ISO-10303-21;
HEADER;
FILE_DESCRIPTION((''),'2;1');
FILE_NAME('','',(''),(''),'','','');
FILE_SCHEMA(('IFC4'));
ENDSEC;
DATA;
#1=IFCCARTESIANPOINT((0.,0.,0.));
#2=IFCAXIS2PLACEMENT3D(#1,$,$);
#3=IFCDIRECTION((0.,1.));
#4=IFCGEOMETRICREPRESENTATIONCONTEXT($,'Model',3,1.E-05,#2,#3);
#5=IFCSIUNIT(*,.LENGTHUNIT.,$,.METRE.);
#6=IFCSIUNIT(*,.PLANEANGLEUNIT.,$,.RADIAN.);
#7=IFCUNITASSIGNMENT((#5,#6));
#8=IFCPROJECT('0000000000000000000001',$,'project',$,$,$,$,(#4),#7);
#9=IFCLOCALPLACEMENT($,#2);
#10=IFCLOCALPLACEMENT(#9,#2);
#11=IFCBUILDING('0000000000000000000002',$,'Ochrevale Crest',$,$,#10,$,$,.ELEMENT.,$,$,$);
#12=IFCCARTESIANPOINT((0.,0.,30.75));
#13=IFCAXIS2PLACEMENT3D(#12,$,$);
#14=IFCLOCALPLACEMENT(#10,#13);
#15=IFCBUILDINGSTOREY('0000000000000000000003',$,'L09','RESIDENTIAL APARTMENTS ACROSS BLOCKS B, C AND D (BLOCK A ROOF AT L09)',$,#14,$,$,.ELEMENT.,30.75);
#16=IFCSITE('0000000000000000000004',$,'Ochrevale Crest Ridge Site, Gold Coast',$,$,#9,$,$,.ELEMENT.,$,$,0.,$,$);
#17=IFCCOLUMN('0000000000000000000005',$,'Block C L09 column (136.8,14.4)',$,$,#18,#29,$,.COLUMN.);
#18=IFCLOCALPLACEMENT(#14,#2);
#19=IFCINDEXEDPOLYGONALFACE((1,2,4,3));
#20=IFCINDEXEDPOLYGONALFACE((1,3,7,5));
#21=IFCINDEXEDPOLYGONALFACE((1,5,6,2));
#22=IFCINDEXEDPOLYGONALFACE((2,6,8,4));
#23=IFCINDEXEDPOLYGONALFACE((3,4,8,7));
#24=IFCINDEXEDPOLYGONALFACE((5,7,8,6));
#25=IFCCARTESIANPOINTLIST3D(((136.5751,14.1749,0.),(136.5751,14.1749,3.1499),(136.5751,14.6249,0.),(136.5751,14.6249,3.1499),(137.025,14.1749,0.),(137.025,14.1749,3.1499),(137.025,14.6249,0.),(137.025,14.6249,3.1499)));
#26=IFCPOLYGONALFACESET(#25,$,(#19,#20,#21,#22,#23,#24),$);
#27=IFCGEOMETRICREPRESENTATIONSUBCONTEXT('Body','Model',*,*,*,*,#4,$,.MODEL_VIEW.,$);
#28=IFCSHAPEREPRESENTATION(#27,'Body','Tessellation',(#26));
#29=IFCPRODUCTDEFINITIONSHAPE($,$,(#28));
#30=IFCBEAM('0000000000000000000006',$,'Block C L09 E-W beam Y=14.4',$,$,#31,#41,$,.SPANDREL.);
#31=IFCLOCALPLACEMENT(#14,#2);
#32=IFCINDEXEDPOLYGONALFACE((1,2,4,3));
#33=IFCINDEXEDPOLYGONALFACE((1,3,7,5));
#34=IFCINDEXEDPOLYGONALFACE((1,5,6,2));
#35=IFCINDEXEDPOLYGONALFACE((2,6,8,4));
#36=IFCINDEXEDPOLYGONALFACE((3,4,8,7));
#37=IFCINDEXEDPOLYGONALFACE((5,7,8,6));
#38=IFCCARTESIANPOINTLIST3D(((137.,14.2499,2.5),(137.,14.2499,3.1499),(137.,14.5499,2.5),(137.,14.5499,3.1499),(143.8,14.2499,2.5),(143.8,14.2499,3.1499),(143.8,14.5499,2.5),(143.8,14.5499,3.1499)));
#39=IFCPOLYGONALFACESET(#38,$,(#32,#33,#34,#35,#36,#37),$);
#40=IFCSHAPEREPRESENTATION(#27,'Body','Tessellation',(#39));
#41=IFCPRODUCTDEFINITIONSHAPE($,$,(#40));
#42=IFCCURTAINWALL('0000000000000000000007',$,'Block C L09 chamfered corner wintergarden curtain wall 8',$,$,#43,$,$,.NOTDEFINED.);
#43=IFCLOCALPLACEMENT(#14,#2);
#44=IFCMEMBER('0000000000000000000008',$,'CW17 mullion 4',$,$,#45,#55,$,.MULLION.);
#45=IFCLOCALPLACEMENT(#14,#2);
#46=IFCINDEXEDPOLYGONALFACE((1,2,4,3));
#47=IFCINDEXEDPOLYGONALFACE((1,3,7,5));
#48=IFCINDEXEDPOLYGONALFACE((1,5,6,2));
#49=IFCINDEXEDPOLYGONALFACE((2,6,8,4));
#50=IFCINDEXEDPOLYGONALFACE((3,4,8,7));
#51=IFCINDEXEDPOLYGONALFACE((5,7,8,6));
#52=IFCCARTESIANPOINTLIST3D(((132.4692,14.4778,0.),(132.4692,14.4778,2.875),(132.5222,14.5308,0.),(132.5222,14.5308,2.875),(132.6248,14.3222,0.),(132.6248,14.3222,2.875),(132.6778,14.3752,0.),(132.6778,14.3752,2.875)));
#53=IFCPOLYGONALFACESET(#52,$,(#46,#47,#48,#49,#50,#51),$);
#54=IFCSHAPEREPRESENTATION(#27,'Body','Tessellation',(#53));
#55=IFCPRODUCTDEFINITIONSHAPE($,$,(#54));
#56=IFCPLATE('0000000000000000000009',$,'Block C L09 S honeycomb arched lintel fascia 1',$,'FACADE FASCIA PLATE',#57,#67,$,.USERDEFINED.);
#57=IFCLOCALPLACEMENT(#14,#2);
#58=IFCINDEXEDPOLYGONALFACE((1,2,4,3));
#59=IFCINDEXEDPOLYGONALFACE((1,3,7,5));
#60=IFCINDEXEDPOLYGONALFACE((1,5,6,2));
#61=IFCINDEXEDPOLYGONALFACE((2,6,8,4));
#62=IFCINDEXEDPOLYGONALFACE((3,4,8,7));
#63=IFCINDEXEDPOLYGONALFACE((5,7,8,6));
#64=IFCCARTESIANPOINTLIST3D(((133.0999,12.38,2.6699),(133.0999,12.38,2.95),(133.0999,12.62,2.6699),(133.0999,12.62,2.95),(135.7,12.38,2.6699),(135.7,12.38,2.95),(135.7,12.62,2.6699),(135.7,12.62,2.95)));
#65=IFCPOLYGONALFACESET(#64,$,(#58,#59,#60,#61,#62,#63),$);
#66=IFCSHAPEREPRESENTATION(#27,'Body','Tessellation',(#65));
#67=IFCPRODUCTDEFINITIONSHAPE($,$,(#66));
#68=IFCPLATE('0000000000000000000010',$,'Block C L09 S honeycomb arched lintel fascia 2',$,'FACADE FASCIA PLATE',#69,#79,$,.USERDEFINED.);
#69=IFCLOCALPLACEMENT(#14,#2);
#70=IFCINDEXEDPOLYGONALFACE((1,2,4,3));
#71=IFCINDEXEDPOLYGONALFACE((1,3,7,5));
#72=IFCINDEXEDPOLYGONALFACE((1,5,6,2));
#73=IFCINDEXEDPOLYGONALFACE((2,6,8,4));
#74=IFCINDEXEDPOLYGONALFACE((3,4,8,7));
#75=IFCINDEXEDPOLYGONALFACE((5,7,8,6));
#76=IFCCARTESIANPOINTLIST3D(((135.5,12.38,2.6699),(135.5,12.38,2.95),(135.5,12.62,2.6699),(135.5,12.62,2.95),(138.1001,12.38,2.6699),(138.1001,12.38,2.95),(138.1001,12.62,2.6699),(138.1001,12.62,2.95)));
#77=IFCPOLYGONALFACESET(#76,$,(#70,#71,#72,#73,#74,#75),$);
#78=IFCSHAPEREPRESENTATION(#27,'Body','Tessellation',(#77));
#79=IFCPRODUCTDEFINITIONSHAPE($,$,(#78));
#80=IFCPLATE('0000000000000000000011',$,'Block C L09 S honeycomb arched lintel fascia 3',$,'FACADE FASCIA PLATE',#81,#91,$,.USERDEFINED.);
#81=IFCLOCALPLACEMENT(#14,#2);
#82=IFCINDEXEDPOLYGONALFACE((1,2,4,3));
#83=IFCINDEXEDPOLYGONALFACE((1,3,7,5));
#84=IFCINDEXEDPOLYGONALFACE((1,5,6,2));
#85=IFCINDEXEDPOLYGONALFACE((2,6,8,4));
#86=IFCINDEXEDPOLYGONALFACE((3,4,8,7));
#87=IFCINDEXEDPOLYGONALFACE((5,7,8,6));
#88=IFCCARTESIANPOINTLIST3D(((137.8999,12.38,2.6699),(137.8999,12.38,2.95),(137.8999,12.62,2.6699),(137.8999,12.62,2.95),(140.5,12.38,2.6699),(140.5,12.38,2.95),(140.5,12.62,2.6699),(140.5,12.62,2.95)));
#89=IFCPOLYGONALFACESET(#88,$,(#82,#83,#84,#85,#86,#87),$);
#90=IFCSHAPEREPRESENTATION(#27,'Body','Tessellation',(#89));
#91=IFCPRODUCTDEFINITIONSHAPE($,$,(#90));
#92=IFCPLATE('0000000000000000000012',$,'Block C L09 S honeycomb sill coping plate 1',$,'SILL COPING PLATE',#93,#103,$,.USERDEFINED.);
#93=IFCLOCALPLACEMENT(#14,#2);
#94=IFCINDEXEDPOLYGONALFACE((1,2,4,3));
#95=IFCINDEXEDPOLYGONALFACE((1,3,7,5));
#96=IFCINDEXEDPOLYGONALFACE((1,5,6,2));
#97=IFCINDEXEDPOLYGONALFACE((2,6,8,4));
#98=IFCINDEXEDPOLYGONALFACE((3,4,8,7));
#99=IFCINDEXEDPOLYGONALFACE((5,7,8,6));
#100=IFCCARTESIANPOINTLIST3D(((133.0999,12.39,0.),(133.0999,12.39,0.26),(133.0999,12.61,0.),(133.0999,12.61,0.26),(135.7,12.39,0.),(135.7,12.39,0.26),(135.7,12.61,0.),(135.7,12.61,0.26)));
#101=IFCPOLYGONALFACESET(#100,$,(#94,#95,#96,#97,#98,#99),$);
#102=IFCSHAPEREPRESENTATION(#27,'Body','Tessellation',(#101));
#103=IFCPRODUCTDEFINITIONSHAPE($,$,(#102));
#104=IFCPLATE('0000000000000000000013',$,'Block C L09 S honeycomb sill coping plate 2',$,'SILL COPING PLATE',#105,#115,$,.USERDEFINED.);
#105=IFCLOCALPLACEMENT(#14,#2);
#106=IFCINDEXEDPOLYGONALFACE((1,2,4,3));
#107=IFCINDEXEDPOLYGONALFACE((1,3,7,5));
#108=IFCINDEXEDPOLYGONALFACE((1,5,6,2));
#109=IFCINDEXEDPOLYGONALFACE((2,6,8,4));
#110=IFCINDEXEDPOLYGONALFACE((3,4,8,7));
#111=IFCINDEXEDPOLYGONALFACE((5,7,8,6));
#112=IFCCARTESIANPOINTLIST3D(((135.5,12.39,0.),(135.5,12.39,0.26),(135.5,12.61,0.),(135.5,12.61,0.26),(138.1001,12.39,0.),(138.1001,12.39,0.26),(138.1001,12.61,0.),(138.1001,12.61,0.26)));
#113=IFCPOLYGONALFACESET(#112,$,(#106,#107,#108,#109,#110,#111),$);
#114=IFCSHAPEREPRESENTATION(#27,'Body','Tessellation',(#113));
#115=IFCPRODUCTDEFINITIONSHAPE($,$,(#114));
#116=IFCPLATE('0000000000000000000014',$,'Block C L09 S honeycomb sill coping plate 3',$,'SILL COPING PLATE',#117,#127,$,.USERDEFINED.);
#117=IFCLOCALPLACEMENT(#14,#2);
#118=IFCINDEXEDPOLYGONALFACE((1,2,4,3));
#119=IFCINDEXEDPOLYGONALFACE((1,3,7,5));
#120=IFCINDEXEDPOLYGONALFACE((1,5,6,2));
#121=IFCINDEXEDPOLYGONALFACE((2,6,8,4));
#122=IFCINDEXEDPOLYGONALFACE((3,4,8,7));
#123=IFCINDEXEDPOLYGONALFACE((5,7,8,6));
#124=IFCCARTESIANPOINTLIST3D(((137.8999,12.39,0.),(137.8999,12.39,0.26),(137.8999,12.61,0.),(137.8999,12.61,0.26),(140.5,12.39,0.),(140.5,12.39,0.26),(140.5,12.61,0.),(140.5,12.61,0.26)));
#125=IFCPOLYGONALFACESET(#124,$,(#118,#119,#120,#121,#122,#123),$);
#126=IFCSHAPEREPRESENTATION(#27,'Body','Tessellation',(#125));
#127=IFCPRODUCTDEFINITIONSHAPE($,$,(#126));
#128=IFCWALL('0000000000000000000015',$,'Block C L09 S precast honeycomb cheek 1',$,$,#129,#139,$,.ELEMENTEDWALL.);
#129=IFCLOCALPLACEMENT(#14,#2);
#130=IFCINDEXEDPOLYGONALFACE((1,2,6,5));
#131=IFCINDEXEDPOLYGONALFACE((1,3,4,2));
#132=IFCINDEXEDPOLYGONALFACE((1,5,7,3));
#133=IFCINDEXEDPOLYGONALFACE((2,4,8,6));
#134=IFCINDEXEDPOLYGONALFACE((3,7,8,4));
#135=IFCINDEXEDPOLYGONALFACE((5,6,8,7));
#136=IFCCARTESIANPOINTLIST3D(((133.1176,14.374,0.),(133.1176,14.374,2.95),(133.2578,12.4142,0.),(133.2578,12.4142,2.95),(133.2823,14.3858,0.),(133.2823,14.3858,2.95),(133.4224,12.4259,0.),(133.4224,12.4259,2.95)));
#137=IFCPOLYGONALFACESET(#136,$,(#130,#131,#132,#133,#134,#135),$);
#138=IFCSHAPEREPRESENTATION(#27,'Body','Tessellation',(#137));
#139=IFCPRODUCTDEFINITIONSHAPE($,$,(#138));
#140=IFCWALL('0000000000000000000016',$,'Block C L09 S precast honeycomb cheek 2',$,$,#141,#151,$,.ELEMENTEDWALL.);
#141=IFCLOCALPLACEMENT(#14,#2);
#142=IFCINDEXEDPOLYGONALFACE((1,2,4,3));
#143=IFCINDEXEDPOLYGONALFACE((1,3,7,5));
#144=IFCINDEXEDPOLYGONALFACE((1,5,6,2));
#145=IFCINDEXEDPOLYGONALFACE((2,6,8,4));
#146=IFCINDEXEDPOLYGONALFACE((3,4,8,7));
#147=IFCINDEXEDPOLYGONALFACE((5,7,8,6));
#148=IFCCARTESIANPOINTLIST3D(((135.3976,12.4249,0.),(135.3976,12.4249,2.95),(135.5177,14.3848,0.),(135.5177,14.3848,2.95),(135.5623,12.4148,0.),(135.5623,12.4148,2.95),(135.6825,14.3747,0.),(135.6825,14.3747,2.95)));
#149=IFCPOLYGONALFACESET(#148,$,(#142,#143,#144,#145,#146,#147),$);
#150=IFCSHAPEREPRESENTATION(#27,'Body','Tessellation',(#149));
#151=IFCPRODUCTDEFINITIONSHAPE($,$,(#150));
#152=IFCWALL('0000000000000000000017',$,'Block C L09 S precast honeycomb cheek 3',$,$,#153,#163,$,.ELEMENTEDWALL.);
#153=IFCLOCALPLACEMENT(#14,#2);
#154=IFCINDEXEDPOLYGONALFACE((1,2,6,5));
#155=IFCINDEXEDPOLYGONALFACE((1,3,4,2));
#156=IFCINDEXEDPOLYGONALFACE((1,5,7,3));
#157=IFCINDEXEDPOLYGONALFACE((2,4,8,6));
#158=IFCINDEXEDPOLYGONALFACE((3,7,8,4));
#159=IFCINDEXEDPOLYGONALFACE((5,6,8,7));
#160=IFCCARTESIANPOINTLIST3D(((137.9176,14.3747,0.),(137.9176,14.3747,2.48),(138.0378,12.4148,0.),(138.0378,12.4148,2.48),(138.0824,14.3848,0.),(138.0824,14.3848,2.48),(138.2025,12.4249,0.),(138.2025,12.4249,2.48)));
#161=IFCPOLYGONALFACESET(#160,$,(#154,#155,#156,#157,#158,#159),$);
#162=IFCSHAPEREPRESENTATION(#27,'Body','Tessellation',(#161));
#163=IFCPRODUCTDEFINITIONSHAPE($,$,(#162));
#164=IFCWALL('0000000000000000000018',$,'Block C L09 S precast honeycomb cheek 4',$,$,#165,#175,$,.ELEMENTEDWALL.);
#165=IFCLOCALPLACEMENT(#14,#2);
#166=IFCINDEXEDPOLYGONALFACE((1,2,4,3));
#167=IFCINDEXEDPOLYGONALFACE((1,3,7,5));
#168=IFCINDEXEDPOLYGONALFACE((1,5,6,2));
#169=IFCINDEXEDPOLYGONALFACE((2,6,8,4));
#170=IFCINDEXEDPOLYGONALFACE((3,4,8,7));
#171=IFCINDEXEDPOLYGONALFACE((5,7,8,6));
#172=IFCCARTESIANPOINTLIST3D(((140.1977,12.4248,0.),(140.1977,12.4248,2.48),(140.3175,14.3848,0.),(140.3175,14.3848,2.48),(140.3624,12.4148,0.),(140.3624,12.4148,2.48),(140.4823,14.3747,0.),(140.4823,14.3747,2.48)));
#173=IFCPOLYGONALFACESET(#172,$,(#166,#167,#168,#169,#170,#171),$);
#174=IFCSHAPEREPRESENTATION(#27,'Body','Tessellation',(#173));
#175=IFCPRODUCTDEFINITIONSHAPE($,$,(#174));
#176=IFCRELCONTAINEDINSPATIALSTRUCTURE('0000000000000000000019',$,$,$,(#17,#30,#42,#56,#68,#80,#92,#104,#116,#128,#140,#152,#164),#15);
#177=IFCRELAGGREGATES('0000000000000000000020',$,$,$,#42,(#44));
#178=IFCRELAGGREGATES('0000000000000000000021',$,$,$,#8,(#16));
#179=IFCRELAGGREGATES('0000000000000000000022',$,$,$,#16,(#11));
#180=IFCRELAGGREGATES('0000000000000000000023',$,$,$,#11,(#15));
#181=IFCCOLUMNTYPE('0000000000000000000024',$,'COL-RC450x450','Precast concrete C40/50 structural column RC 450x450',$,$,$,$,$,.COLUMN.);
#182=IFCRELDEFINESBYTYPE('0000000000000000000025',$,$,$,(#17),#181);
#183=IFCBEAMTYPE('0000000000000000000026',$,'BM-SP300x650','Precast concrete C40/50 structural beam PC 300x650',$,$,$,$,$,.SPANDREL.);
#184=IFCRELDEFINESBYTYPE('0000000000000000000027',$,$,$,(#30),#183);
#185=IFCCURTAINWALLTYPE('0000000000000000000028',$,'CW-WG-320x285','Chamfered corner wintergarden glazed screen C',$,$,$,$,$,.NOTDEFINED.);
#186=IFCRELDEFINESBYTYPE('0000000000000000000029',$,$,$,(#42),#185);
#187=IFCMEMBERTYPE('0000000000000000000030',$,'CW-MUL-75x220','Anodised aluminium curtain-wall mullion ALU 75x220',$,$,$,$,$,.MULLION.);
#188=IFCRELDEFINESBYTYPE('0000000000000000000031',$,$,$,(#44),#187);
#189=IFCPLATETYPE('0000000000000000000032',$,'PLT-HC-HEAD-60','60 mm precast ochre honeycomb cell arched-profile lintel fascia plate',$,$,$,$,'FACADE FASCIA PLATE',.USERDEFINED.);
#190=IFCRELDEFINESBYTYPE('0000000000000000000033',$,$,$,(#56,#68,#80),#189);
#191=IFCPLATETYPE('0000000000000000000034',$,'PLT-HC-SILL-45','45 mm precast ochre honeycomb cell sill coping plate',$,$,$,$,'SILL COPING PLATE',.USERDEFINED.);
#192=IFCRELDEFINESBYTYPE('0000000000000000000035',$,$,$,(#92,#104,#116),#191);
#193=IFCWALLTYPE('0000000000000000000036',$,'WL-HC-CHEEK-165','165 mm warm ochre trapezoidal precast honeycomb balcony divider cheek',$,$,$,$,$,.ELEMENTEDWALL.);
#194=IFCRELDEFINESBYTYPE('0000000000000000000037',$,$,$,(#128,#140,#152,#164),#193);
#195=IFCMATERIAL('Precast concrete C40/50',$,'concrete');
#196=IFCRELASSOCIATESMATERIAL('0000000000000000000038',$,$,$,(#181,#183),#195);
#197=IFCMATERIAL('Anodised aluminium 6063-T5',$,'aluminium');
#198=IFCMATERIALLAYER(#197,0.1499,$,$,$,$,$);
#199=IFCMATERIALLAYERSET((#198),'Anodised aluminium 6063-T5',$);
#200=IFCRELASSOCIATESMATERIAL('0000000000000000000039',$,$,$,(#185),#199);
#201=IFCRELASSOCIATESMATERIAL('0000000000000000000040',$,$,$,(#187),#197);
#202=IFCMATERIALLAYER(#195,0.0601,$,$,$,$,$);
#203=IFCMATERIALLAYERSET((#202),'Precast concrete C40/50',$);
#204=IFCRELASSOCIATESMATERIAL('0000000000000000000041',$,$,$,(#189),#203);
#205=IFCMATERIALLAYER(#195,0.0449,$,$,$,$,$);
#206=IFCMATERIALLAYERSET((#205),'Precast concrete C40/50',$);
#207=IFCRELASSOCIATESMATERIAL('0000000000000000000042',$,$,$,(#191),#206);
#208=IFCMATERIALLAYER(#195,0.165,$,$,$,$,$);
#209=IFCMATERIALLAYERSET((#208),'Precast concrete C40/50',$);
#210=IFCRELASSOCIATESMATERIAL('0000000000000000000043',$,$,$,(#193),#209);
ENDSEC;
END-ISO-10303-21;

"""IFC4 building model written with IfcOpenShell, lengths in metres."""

from ifc_helpers import new_model, si_unit, direction, frame, frame_2d, origin, origin_2d, place, context, subcontext, project, spatial, rectangle, extrude, material, layer, layer_set, material_profile, profile_set, type_object, element, aggregate, save


model = new_model("IFC4")

# Units and contexts
model_context = context("Model", 3, precision=1e-05, world=origin(), true_north=direction((0.0, 1.0)))
body_context = subcontext(model_context, "Body", "Model", "MODEL_VIEW")
ifc_project = project(units=[si_unit("LENGTHUNIT", "METRE"), si_unit("PLANEANGLEUNIT", "RADIAN")], contexts=[model_context])

# Site, building, storey
site_placement = place(None, origin())
site = spatial("IfcSite", under=ifc_project, at=site_placement, Name="Ochrevale Crest Ridge Site, Gold Coast", CompositionType="ELEMENT", RefElevation=0.0)
building_placement = place(site_placement, origin())
building = spatial("IfcBuilding", under=site, at=building_placement, Name="Ochrevale Crest", CompositionType="ELEMENT")
storey_placement = place(building_placement, frame((0.0, 0.0, 30.75)))
storey = spatial("IfcBuildingStorey", under=building, at=storey_placement, Name="L09", Description="RESIDENTIAL APARTMENTS ACROSS BLOCKS B, C AND D (BLOCK A ROOF AT L09)", CompositionType="ELEMENT", Elevation=30.75)

# Column
ifc_material_1 = material(Name="Precast concrete C40/50", Category="concrete")
ifc_material_profile_1 = material_profile(ifc_material_1, rectangle(XDim=0.45, YDim=0.45, at=origin_2d()), Name="RC 450x450")
ifc_profile_set_1 = profile_set([ifc_material_profile_1], Name="Precast concrete C40/50")
column_type = type_object("IfcColumnType", Name="COL-RC450x450", Description="Precast concrete C40/50 structural column RC 450x450", PredefinedType="COLUMN", material=ifc_profile_set_1)
column_placement = place(storey_placement, frame((136.8, 14.3999, 0.0), z_axis=(0.0, 0.0, 1.0), x_axis=(1.0, 0.0, 0.0)))
element("IfcColumn", 1, at=column_placement, inside=storey, type_object=column_type, Name="Block C L09 column (136.8,14.4)", PredefinedType="COLUMN", context=body_context, shape_type="SweptSolid", body=[
    extrude(rectangle(XDim=0.45, YDim=0.45, at=origin_2d()), origin(), (0.0, 0.0, 1.0), 3.1499),
])

# Beam
ifc_material_profile_2 = material_profile(ifc_material_1, rectangle(XDim=0.3, YDim=0.6499, at=origin_2d()), Name="PC 300x650")
ifc_profile_set_2 = profile_set([ifc_material_profile_2], Name="Precast concrete C40/50")
beam_type = type_object("IfcBeamType", Name="BM-SP300x650", Description="Precast concrete C40/50 structural beam PC 300x650", PredefinedType="SPANDREL", material=ifc_profile_set_2)
beam_placement = place(storey_placement, frame((137.0, 14.3999, 2.825), z_axis=(1.0, 0.0, 0.0), x_axis=(0.0, 1.0, 0.0)))
element("IfcBeam", 2, at=beam_placement, inside=storey, type_object=beam_type, Name="Block C L09 E-W beam Y=14.4", PredefinedType="SPANDREL", context=body_context, shape_type="SweptSolid", body=[
    extrude(rectangle(XDim=0.3, YDim=0.6499, at=origin_2d()), origin(), (0.0, 0.0, 1.0), 6.8),
])

# Curtain wall, member
ifc_material_2 = material(Name="Anodised aluminium 6063-T5", Category="aluminium")
ifc_layer_1 = layer(ifc_material_2, 0.1499)
ifc_layer_set_1 = layer_set([ifc_layer_1], Name="Anodised aluminium 6063-T5")
curtain_wall_type = type_object("IfcCurtainWallType", Name="CW-WG-320x285", Description="Chamfered corner wintergarden glazed screen C", PredefinedType="NOTDEFINED", material=ifc_layer_set_1)
curtain_wall_placement = place(storey_placement, origin())
curtain_wall = element("IfcCurtainWall", 3, at=curtain_wall_placement, inside=storey, type_object=curtain_wall_type, Name="Block C L09 chamfered corner wintergarden curtain wall 8", PredefinedType="NOTDEFINED")
ifc_material_profile_3 = material_profile(ifc_material_2, rectangle(XDim=0.075, YDim=0.22, at=origin_2d()), Name="ALU 75x220")
ifc_profile_set_3 = profile_set([ifc_material_profile_3], Name="Anodised aluminium 6063-T5")
member_type = type_object("IfcMemberType", Name="CW-MUL-75x220", Description="Anodised aluminium curtain-wall mullion ALU 75x220", PredefinedType="MULLION", material=ifc_profile_set_3)
member_placement = place(storey_placement, frame((132.5735, 14.4265, 0.0), z_axis=(0.0, 0.0, 1.0), x_axis=(0.707107, 0.707107, 0.0)))
member = element("IfcMember", 4, at=member_placement, type_object=member_type, Name="CW17 mullion 4", PredefinedType="MULLION", context=body_context, shape_type="SweptSolid", body=[
    extrude(rectangle(XDim=0.075, YDim=0.22, at=origin_2d()), origin(), (0.0, 0.0, 1.0), 2.875),
])
aggregate(curtain_wall, [member])

# Plates
ifc_layer_2 = layer(ifc_material_1, 0.0601)
ifc_layer_set_2 = layer_set([ifc_layer_2], Name="Precast concrete C40/50")
plate_type_1 = type_object("IfcPlateType", Name="PLT-HC-HEAD-60", Description="60 mm precast ochre honeycomb cell arched-profile lintel fascia plate", ElementType="FACADE FASCIA PLATE", PredefinedType="USERDEFINED", material=ifc_layer_set_2)
for number, where, z_axis, x_axis, name in (
    (5, (134.3999, 12.5, 2.6699), (0.0, 0.0, 1.0), (1.0, 0.0, 0.0), "Block C L09 S honeycomb arched lintel fascia 1"),
    (6, (136.8, 12.5, 2.6699), (0.0, 0.0, 1.0), (1.0, 0.0, 0.0), "Block C L09 S honeycomb arched lintel fascia 2"),
    (7, (139.2, 12.5, 2.6699), (0.0, 0.0, 1.0), (1.0, 0.0, 0.0), "Block C L09 S honeycomb arched lintel fascia 3"),
):
    element("IfcPlate", number, at=place(storey_placement, frame(where, z_axis=z_axis, x_axis=x_axis)), inside=storey, type_object=plate_type_1, Name=name, ObjectType="FACADE FASCIA PLATE", PredefinedType="USERDEFINED", context=body_context, shape_type="SweptSolid", body=[
        extrude(rectangle(XDim=2.6001, YDim=0.24, at=origin_2d()), origin(), (0.0, 0.0, 1.0), 0.28),
    ])
ifc_layer_3 = layer(ifc_material_1, 0.0449)
ifc_layer_set_3 = layer_set([ifc_layer_3], Name="Precast concrete C40/50")
plate_type_2 = type_object("IfcPlateType", Name="PLT-HC-SILL-45", Description="45 mm precast ochre honeycomb cell sill coping plate", ElementType="SILL COPING PLATE", PredefinedType="USERDEFINED", material=ifc_layer_set_3)
for number, where, z_axis, x_axis, name in (
    (8, (134.3999, 12.5, 0.0), (0.0, 0.0, 1.0), (1.0, 0.0, 0.0), "Block C L09 S honeycomb sill coping plate 1"),
    (9, (136.8, 12.5, 0.0), (0.0, 0.0, 1.0), (1.0, 0.0, 0.0), "Block C L09 S honeycomb sill coping plate 2"),
    (10, (139.2, 12.5, 0.0), (0.0, 0.0, 1.0), (1.0, 0.0, 0.0), "Block C L09 S honeycomb sill coping plate 3"),
):
    element("IfcPlate", number, at=place(storey_placement, frame(where, z_axis=z_axis, x_axis=x_axis)), inside=storey, type_object=plate_type_2, Name=name, ObjectType="SILL COPING PLATE", PredefinedType="USERDEFINED", context=body_context, shape_type="SweptSolid", body=[
        extrude(rectangle(XDim=2.6001, YDim=0.22, at=origin_2d()), origin(), (0.0, 0.0, 1.0), 0.26),
    ])

# Walls
ifc_layer_4 = layer(ifc_material_1, 0.165)
ifc_layer_set_4 = layer_set([ifc_layer_4], Name="Precast concrete C40/50")
wall_type = type_object("IfcWallType", Name="WL-HC-CHEEK-165", Description="165 mm warm ochre trapezoidal precast honeycomb balcony divider cheek", PredefinedType="ELEMENTEDWALL", material=ifc_layer_set_4)
wall_1_placement = place(storey_placement, frame((133.2, 14.3799, 0.0), z_axis=(0.0, 0.0, 1.0), x_axis=(0.071318, -0.997454, 0.0)))
element("IfcWall", 11, at=wall_1_placement, inside=storey, type_object=wall_type, Name="Block C L09 S precast honeycomb cheek 1", PredefinedType="ELEMENTEDWALL", context=body_context, shape_type="SweptSolid", body=[
    extrude(rectangle(XDim=1.9648, YDim=0.165, at=frame_2d((0.9824, 0.0))), origin(), (0.0, 0.0, 1.0), 2.95),
])
wall_2_placement = place(storey_placement, frame((135.6001, 14.3799, 0.0), z_axis=(0.0, 0.0, 1.0), x_axis=(-0.061171, -0.998127, 0.0)))
element("IfcWall", 12, at=wall_2_placement, inside=storey, type_object=wall_type, Name="Block C L09 S precast honeycomb cheek 2", PredefinedType="ELEMENTEDWALL", context=body_context, shape_type="SweptSolid", body=[
    extrude(rectangle(XDim=1.9636, YDim=0.165, at=frame_2d((0.9819, 0.0))), origin(), (0.0, 0.0, 1.0), 2.95),
])
for number, where, z_axis, x_axis, name in (
    (13, (138.0, 14.3799, 0.0), (0.0, 0.0, 1.0), (0.061171, -0.998127, 0.0), "Block C L09 S precast honeycomb cheek 3"),
    (14, (140.3999, 14.3799, 0.0), (0.0, 0.0, 1.0), (-0.061047, -0.998135, 0.0), "Block C L09 S precast honeycomb cheek 4"),
):
    element("IfcWall", number, at=place(storey_placement, frame(where, z_axis=z_axis, x_axis=x_axis)), inside=storey, type_object=wall_type, Name=name, PredefinedType="ELEMENTEDWALL", context=body_context, shape_type="SweptSolid", body=[
        extrude(rectangle(XDim=1.9636, YDim=0.165, at=frame_2d((0.9819, 0.0))), origin(), (0.0, 0.0, 1.0), 2.48),
    ])

save(model, "model.ifc")
